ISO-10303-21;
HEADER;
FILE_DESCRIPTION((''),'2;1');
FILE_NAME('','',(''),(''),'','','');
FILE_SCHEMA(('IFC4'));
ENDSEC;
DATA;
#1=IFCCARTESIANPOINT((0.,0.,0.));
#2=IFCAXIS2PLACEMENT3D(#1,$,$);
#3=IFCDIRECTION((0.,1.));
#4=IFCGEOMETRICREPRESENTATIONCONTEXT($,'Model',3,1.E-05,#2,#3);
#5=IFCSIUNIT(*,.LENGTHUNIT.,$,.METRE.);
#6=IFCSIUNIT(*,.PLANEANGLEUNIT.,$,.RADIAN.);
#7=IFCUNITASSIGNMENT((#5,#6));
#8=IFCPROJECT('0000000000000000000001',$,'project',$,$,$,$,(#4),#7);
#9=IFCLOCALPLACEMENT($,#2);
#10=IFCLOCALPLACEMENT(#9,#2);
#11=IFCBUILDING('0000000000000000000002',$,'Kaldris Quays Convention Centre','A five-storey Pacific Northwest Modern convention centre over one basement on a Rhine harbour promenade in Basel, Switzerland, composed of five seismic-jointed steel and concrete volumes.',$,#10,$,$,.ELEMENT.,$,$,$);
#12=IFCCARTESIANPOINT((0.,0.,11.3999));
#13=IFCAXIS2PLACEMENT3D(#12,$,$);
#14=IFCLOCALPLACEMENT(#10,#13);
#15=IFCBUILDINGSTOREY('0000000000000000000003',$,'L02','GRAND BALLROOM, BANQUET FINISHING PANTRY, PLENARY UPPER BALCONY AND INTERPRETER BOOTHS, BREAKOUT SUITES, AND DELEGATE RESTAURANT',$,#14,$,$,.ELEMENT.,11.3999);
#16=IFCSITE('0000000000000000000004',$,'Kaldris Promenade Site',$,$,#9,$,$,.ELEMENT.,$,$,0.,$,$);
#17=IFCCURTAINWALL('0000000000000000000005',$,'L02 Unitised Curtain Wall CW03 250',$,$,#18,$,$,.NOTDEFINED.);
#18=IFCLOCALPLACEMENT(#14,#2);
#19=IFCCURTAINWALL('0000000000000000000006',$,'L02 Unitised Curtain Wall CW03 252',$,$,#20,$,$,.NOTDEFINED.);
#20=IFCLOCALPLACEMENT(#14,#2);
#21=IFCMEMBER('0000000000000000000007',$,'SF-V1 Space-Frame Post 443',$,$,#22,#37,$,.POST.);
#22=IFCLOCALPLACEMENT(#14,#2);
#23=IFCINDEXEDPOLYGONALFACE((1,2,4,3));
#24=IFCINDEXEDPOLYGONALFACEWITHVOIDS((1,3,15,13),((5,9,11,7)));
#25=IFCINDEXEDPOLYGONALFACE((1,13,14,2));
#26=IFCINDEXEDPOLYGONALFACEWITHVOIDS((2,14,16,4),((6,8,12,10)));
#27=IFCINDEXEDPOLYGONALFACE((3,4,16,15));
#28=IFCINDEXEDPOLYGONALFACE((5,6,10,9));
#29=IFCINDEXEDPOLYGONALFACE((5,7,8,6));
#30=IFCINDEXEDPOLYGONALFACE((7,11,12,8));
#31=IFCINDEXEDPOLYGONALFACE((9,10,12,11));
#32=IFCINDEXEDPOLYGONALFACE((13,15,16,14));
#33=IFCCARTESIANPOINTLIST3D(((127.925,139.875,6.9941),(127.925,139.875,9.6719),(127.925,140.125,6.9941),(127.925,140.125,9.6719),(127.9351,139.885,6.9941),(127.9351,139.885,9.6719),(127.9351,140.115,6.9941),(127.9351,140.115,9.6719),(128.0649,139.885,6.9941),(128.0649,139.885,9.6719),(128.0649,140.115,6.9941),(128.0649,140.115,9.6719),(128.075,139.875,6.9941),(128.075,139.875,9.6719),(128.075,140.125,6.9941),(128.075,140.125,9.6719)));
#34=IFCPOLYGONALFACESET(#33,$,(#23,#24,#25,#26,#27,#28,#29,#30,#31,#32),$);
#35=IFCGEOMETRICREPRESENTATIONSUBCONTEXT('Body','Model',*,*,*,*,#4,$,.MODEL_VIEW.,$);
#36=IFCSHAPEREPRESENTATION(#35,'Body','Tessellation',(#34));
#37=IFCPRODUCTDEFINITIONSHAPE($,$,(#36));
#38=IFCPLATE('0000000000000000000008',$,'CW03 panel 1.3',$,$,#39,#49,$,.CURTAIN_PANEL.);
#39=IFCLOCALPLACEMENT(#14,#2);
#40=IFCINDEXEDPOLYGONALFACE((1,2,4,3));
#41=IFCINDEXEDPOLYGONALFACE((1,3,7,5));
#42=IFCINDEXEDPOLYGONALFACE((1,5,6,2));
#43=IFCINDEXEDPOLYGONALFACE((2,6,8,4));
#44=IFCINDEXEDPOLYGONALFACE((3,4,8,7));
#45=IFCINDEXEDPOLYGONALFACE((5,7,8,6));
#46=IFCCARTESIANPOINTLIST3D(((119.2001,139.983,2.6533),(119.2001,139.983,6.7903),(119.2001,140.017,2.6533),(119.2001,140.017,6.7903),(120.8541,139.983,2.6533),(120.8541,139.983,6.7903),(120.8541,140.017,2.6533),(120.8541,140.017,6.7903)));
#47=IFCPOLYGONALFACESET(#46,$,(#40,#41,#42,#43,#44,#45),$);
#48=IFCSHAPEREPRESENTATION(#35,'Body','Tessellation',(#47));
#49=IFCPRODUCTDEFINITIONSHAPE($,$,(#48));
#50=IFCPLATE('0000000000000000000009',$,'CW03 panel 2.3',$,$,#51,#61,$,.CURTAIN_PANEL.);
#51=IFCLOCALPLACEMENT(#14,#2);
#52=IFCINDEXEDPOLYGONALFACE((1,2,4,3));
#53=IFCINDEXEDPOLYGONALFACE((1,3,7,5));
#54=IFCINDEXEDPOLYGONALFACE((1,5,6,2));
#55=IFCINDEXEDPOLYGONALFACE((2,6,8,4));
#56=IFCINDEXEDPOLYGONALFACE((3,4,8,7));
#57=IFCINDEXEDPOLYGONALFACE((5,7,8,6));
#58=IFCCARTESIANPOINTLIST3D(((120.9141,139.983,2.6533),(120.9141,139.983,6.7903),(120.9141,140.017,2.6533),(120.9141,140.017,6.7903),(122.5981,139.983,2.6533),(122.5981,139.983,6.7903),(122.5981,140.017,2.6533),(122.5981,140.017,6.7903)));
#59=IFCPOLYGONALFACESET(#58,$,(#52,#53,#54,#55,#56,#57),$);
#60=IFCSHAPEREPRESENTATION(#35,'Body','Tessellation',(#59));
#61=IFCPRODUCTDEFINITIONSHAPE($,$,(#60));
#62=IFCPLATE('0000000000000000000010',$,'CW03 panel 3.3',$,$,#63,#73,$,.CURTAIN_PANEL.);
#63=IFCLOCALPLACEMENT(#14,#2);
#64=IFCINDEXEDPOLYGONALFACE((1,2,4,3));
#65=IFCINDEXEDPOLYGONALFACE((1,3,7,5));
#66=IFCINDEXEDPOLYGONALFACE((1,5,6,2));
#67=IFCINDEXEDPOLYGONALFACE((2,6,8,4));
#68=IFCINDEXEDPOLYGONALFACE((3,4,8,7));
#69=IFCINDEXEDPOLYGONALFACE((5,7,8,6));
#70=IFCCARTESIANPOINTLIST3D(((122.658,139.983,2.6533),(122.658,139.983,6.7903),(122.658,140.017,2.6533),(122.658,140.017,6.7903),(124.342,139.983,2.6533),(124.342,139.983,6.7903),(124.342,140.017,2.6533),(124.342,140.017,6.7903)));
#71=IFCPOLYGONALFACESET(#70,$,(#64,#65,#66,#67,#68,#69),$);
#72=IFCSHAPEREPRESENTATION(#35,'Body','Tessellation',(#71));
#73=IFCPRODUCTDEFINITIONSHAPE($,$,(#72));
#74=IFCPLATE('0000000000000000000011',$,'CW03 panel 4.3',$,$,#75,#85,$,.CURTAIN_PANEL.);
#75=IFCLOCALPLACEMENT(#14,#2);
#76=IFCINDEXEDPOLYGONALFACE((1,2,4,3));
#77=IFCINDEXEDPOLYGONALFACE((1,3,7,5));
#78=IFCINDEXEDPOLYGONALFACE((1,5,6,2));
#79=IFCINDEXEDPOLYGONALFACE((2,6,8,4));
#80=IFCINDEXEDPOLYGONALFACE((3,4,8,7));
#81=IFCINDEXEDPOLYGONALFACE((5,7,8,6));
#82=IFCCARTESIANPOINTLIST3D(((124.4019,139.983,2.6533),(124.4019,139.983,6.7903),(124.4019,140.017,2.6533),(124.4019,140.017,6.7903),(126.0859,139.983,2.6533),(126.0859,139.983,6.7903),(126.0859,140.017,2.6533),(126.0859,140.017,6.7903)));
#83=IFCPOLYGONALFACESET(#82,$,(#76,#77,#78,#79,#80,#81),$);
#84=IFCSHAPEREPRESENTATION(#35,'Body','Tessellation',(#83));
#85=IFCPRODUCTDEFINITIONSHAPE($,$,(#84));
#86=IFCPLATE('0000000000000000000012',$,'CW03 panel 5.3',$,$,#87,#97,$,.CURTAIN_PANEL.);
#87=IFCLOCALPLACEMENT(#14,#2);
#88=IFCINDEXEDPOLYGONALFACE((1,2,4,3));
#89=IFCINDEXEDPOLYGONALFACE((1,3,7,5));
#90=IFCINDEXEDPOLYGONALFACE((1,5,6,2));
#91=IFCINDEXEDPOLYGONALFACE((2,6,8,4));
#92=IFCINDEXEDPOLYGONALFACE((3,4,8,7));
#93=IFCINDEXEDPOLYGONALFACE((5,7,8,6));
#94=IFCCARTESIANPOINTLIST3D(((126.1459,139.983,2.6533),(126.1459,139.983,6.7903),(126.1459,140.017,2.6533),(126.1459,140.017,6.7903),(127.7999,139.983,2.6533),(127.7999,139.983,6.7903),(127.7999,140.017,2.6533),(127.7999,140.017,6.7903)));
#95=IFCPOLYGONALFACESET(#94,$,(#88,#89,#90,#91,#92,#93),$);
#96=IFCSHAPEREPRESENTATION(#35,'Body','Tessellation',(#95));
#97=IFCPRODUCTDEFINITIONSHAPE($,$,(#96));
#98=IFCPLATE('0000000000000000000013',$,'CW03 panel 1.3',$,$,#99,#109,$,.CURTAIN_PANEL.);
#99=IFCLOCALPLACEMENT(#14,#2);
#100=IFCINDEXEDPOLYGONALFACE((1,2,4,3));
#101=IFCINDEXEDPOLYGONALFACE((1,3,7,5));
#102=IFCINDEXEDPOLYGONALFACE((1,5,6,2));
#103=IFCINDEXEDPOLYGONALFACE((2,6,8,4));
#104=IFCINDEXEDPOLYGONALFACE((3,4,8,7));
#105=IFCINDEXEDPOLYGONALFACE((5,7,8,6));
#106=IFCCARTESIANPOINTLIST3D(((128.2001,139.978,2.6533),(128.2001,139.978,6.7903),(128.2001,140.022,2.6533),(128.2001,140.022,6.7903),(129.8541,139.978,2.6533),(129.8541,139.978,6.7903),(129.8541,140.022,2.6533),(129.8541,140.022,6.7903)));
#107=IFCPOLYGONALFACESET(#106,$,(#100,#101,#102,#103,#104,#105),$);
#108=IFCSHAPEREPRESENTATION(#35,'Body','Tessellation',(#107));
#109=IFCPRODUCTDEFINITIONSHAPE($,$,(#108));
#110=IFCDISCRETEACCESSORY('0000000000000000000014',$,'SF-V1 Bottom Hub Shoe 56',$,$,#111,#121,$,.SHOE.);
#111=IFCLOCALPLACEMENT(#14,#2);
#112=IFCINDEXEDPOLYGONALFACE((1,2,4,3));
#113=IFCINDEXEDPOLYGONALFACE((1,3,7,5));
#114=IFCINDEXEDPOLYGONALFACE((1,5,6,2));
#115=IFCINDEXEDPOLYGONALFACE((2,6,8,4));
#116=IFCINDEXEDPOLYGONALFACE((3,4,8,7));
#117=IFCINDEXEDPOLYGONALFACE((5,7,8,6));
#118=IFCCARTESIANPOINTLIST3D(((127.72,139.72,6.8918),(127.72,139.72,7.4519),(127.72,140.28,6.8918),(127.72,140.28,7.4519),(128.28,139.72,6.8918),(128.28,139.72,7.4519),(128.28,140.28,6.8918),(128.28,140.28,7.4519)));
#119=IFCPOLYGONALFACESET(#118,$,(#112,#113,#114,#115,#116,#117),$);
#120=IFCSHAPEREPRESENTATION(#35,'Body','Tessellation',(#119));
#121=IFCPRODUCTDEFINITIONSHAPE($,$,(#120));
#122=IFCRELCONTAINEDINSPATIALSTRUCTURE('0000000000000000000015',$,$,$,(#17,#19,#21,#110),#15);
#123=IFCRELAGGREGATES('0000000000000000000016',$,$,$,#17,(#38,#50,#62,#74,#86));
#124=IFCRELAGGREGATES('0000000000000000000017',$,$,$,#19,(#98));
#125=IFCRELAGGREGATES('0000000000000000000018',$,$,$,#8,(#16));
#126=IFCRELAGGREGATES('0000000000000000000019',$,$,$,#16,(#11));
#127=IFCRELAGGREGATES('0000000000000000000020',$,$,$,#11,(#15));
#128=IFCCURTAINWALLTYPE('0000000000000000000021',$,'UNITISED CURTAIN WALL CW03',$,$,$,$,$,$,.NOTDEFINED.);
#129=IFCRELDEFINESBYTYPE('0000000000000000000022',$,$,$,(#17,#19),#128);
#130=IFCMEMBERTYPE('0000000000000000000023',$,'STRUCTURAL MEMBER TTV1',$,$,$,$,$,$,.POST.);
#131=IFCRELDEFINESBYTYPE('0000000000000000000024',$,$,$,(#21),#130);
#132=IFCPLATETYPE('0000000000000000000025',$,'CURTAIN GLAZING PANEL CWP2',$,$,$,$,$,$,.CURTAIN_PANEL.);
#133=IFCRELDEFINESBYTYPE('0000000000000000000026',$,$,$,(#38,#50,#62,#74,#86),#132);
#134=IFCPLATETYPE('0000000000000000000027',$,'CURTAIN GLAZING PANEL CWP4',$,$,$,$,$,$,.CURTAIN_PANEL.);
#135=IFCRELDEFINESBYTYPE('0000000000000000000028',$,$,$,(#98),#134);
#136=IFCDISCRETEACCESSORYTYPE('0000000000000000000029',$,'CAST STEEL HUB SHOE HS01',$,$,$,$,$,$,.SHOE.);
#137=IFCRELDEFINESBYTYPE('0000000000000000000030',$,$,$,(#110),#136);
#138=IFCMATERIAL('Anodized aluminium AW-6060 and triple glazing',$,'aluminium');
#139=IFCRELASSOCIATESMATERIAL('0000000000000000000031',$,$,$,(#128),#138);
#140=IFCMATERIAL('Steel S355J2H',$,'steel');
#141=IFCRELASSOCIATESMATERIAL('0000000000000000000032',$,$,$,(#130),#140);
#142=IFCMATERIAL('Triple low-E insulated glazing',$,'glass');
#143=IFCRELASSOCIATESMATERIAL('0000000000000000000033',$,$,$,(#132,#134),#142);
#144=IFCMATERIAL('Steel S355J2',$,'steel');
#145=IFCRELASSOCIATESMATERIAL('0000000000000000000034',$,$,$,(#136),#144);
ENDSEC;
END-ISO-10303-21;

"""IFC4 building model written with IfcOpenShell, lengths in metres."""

from ifc_helpers import new_model, si_unit, direction, frame, origin, origin_2d, place, context, subcontext, project, spatial, rectangle, hollow_rectangle, extrude, material, material_profile, profile_set, type_object, element, aggregate, save


model = new_model("IFC4")

# Units and contexts
model_context = context("Model", 3, precision=1e-05, world=origin(), true_north=direction((0.0, 1.0)))
body_context = subcontext(model_context, "Body", "Model", "MODEL_VIEW")
ifc_project = project(units=[si_unit("LENGTHUNIT", "METRE"), si_unit("PLANEANGLEUNIT", "RADIAN")], contexts=[model_context])

# Site, building, storey
site_placement = place(None, origin())
site = spatial("IfcSite", under=ifc_project, at=site_placement, Name="Kaldris Promenade Site", CompositionType="ELEMENT", RefElevation=0.0)
building_placement = place(site_placement, origin())
building = spatial("IfcBuilding", under=site, at=building_placement, Name="Kaldris Quays Convention Centre", Description="A five-storey Pacific Northwest Modern convention centre over one basement on a Rhine harbour promenade in Basel, Switzerland, composed of five seismic-jointed steel and concrete volumes.", CompositionType="ELEMENT")
storey_placement = place(building_placement, frame((0.0, 0.0, 11.3999)))
storey = spatial("IfcBuildingStorey", under=building, at=storey_placement, Name="L02", Description="GRAND BALLROOM, BANQUET FINISHING PANTRY, PLENARY UPPER BALCONY AND INTERPRETER BOOTHS, BREAKOUT SUITES, AND DELEGATE RESTAURANT", CompositionType="ELEMENT", Elevation=11.3999)

# Curtain walls
ifc_material_1 = material(Name="Anodized aluminium AW-6060 and triple glazing", Category="aluminium")
curtain_wall_type = type_object("IfcCurtainWallType", Name="UNITISED CURTAIN WALL CW03", PredefinedType="NOTDEFINED", material=ifc_material_1)
curtain_wall_1_placement = place(storey_placement, origin())
curtain_wall_1 = element("IfcCurtainWall", 1, at=curtain_wall_1_placement, inside=storey, type_object=curtain_wall_type, Name="L02 Unitised Curtain Wall CW03 250", PredefinedType="NOTDEFINED")
curtain_wall_2_placement = place(storey_placement, origin())
curtain_wall_2 = element("IfcCurtainWall", 2, at=curtain_wall_2_placement, inside=storey, type_object=curtain_wall_type, Name="L02 Unitised Curtain Wall CW03 252", PredefinedType="NOTDEFINED")

# Member
ifc_material_2 = material(Name="Steel S355J2H", Category="steel")
ifc_material_profile_1 = material_profile(ifc_material_2, hollow_rectangle(XDim=0.1499, YDim=0.25, WallThickness=0.01, at=origin_2d()), Name="RHS 250x150x10")
ifc_profile_set_1 = profile_set([ifc_material_profile_1], Name="Steel S355J2H")
member_type_1 = type_object("IfcMemberType", Name="STRUCTURAL MEMBER TTV1", PredefinedType="POST", material=ifc_profile_set_1)
member_1_placement = place(storey_placement, frame((128.0, 140.0, 6.9941), z_axis=(0.0, 0.0, 1.0), x_axis=(1.0, 0.0, 0.0)))
element("IfcMember", 3, at=member_1_placement, inside=storey, type_object=member_type_1, Name="SF-V1 Space-Frame Post 443", PredefinedType="POST", context=body_context, shape_type="SweptSolid", body=[
    extrude(hollow_rectangle(XDim=0.1499, YDim=0.25, WallThickness=0.01, at=origin_2d()), origin(), (0.0, 0.0, 1.0), 2.6777),
])

# Plates
ifc_material_3 = material(Name="Triple low-E insulated glazing", Category="glass")
plate_type_1 = type_object("IfcPlateType", Name="CURTAIN GLAZING PANEL CWP2", PredefinedType="CURTAIN_PANEL", material=ifc_material_3)
plate_1_placement = place(storey_placement, frame((120.0271, 140.0, 2.6533), z_axis=(0.0, 0.0, 1.0), x_axis=(1.0, 0.0, 0.0)))
plate_1 = element("IfcPlate", 4, at=plate_1_placement, type_object=plate_type_1, Name="CW03 panel 1.3", PredefinedType="CURTAIN_PANEL", context=body_context, shape_type="SweptSolid", body=[
    extrude(rectangle(XDim=1.6541, YDim=0.0339, at=origin_2d()), origin(), (0.0, 0.0, 1.0), 4.137),
])
plate_2_placement = place(storey_placement, frame((121.7561, 140.0, 2.6533), z_axis=(0.0, 0.0, 1.0), x_axis=(1.0, 0.0, 0.0)))
plate_2 = element("IfcPlate", 5, at=plate_2_placement, type_object=plate_type_1, Name="CW03 panel 2.3", PredefinedType="CURTAIN_PANEL", context=body_context, shape_type="SweptSolid", body=[
    extrude(rectangle(XDim=1.6841, YDim=0.0339, at=origin_2d()), origin(), (0.0, 0.0, 1.0), 4.137),
])
plate_3_placement = place(storey_placement, frame((123.5, 140.0, 2.6533), z_axis=(0.0, 0.0, 1.0), x_axis=(1.0, 0.0, 0.0)))
plate_3 = element("IfcPlate", 6, at=plate_3_placement, type_object=plate_type_1, Name="CW03 panel 3.3", PredefinedType="CURTAIN_PANEL", context=body_context, shape_type="SweptSolid", body=[
    extrude(rectangle(XDim=1.6841, YDim=0.0339, at=origin_2d()), origin(), (0.0, 0.0, 1.0), 4.137),
])
plate_4_placement = place(storey_placement, frame((125.2439, 140.0, 2.6533), z_axis=(0.0, 0.0, 1.0), x_axis=(1.0, 0.0, 0.0)))
plate_4 = element("IfcPlate", 7, at=plate_4_placement, type_object=plate_type_1, Name="CW03 panel 4.3", PredefinedType="CURTAIN_PANEL", context=body_context, shape_type="SweptSolid", body=[
    extrude(rectangle(XDim=1.6841, YDim=0.0339, at=origin_2d()), origin(), (0.0, 0.0, 1.0), 4.137),
])
plate_5_placement = place(storey_placement, frame((126.9729, 140.0, 2.6533), z_axis=(0.0, 0.0, 1.0), x_axis=(1.0, 0.0, 0.0)))
plate_5 = element("IfcPlate", 8, at=plate_5_placement, type_object=plate_type_1, Name="CW03 panel 5.3", PredefinedType="CURTAIN_PANEL", context=body_context, shape_type="SweptSolid", body=[
    extrude(rectangle(XDim=1.6541, YDim=0.0339, at=origin_2d()), origin(), (0.0, 0.0, 1.0), 4.137),
])
aggregate(curtain_wall_1, [plate_1, plate_2, plate_3, plate_4, plate_5])
plate_type_2 = type_object("IfcPlateType", Name="CURTAIN GLAZING PANEL CWP4", PredefinedType="CURTAIN_PANEL", material=ifc_material_3)
plate_6_placement = place(storey_placement, frame((129.0271, 140.0, 2.6533), z_axis=(0.0, 0.0, 1.0), x_axis=(1.0, 0.0, 0.0)))
plate_6 = element("IfcPlate", 9, at=plate_6_placement, type_object=plate_type_2, Name="CW03 panel 1.3", PredefinedType="CURTAIN_PANEL", context=body_context, shape_type="SweptSolid", body=[
    extrude(rectangle(XDim=1.6541, YDim=0.0439, at=origin_2d()), origin(), (0.0, 0.0, 1.0), 4.137),
])
aggregate(curtain_wall_2, [plate_6])

# Discrete accessory
ifc_material_4 = material(Name="Steel S355J2", Category="steel")
discrete_accessory_type = type_object("IfcDiscreteAccessoryType", Name="CAST STEEL HUB SHOE HS01", PredefinedType="SHOE", material=ifc_material_4)
discrete_accessory_placement = place(storey_placement, frame((128.0, 140.0, 6.8918), z_axis=(0.0, 0.0, 1.0), x_axis=(1.0, 0.0, 0.0)))
element("IfcDiscreteAccessory", 10, at=discrete_accessory_placement, inside=storey, type_object=discrete_accessory_type, Name="SF-V1 Bottom Hub Shoe 56", PredefinedType="SHOE", context=body_context, shape_type="SweptSolid", body=[
    extrude(rectangle(XDim=0.5601, YDim=0.5601, at=origin_2d()), origin(), (0.0, 0.0, 1.0), 0.5601),
])

save(model, "model.ifc")
